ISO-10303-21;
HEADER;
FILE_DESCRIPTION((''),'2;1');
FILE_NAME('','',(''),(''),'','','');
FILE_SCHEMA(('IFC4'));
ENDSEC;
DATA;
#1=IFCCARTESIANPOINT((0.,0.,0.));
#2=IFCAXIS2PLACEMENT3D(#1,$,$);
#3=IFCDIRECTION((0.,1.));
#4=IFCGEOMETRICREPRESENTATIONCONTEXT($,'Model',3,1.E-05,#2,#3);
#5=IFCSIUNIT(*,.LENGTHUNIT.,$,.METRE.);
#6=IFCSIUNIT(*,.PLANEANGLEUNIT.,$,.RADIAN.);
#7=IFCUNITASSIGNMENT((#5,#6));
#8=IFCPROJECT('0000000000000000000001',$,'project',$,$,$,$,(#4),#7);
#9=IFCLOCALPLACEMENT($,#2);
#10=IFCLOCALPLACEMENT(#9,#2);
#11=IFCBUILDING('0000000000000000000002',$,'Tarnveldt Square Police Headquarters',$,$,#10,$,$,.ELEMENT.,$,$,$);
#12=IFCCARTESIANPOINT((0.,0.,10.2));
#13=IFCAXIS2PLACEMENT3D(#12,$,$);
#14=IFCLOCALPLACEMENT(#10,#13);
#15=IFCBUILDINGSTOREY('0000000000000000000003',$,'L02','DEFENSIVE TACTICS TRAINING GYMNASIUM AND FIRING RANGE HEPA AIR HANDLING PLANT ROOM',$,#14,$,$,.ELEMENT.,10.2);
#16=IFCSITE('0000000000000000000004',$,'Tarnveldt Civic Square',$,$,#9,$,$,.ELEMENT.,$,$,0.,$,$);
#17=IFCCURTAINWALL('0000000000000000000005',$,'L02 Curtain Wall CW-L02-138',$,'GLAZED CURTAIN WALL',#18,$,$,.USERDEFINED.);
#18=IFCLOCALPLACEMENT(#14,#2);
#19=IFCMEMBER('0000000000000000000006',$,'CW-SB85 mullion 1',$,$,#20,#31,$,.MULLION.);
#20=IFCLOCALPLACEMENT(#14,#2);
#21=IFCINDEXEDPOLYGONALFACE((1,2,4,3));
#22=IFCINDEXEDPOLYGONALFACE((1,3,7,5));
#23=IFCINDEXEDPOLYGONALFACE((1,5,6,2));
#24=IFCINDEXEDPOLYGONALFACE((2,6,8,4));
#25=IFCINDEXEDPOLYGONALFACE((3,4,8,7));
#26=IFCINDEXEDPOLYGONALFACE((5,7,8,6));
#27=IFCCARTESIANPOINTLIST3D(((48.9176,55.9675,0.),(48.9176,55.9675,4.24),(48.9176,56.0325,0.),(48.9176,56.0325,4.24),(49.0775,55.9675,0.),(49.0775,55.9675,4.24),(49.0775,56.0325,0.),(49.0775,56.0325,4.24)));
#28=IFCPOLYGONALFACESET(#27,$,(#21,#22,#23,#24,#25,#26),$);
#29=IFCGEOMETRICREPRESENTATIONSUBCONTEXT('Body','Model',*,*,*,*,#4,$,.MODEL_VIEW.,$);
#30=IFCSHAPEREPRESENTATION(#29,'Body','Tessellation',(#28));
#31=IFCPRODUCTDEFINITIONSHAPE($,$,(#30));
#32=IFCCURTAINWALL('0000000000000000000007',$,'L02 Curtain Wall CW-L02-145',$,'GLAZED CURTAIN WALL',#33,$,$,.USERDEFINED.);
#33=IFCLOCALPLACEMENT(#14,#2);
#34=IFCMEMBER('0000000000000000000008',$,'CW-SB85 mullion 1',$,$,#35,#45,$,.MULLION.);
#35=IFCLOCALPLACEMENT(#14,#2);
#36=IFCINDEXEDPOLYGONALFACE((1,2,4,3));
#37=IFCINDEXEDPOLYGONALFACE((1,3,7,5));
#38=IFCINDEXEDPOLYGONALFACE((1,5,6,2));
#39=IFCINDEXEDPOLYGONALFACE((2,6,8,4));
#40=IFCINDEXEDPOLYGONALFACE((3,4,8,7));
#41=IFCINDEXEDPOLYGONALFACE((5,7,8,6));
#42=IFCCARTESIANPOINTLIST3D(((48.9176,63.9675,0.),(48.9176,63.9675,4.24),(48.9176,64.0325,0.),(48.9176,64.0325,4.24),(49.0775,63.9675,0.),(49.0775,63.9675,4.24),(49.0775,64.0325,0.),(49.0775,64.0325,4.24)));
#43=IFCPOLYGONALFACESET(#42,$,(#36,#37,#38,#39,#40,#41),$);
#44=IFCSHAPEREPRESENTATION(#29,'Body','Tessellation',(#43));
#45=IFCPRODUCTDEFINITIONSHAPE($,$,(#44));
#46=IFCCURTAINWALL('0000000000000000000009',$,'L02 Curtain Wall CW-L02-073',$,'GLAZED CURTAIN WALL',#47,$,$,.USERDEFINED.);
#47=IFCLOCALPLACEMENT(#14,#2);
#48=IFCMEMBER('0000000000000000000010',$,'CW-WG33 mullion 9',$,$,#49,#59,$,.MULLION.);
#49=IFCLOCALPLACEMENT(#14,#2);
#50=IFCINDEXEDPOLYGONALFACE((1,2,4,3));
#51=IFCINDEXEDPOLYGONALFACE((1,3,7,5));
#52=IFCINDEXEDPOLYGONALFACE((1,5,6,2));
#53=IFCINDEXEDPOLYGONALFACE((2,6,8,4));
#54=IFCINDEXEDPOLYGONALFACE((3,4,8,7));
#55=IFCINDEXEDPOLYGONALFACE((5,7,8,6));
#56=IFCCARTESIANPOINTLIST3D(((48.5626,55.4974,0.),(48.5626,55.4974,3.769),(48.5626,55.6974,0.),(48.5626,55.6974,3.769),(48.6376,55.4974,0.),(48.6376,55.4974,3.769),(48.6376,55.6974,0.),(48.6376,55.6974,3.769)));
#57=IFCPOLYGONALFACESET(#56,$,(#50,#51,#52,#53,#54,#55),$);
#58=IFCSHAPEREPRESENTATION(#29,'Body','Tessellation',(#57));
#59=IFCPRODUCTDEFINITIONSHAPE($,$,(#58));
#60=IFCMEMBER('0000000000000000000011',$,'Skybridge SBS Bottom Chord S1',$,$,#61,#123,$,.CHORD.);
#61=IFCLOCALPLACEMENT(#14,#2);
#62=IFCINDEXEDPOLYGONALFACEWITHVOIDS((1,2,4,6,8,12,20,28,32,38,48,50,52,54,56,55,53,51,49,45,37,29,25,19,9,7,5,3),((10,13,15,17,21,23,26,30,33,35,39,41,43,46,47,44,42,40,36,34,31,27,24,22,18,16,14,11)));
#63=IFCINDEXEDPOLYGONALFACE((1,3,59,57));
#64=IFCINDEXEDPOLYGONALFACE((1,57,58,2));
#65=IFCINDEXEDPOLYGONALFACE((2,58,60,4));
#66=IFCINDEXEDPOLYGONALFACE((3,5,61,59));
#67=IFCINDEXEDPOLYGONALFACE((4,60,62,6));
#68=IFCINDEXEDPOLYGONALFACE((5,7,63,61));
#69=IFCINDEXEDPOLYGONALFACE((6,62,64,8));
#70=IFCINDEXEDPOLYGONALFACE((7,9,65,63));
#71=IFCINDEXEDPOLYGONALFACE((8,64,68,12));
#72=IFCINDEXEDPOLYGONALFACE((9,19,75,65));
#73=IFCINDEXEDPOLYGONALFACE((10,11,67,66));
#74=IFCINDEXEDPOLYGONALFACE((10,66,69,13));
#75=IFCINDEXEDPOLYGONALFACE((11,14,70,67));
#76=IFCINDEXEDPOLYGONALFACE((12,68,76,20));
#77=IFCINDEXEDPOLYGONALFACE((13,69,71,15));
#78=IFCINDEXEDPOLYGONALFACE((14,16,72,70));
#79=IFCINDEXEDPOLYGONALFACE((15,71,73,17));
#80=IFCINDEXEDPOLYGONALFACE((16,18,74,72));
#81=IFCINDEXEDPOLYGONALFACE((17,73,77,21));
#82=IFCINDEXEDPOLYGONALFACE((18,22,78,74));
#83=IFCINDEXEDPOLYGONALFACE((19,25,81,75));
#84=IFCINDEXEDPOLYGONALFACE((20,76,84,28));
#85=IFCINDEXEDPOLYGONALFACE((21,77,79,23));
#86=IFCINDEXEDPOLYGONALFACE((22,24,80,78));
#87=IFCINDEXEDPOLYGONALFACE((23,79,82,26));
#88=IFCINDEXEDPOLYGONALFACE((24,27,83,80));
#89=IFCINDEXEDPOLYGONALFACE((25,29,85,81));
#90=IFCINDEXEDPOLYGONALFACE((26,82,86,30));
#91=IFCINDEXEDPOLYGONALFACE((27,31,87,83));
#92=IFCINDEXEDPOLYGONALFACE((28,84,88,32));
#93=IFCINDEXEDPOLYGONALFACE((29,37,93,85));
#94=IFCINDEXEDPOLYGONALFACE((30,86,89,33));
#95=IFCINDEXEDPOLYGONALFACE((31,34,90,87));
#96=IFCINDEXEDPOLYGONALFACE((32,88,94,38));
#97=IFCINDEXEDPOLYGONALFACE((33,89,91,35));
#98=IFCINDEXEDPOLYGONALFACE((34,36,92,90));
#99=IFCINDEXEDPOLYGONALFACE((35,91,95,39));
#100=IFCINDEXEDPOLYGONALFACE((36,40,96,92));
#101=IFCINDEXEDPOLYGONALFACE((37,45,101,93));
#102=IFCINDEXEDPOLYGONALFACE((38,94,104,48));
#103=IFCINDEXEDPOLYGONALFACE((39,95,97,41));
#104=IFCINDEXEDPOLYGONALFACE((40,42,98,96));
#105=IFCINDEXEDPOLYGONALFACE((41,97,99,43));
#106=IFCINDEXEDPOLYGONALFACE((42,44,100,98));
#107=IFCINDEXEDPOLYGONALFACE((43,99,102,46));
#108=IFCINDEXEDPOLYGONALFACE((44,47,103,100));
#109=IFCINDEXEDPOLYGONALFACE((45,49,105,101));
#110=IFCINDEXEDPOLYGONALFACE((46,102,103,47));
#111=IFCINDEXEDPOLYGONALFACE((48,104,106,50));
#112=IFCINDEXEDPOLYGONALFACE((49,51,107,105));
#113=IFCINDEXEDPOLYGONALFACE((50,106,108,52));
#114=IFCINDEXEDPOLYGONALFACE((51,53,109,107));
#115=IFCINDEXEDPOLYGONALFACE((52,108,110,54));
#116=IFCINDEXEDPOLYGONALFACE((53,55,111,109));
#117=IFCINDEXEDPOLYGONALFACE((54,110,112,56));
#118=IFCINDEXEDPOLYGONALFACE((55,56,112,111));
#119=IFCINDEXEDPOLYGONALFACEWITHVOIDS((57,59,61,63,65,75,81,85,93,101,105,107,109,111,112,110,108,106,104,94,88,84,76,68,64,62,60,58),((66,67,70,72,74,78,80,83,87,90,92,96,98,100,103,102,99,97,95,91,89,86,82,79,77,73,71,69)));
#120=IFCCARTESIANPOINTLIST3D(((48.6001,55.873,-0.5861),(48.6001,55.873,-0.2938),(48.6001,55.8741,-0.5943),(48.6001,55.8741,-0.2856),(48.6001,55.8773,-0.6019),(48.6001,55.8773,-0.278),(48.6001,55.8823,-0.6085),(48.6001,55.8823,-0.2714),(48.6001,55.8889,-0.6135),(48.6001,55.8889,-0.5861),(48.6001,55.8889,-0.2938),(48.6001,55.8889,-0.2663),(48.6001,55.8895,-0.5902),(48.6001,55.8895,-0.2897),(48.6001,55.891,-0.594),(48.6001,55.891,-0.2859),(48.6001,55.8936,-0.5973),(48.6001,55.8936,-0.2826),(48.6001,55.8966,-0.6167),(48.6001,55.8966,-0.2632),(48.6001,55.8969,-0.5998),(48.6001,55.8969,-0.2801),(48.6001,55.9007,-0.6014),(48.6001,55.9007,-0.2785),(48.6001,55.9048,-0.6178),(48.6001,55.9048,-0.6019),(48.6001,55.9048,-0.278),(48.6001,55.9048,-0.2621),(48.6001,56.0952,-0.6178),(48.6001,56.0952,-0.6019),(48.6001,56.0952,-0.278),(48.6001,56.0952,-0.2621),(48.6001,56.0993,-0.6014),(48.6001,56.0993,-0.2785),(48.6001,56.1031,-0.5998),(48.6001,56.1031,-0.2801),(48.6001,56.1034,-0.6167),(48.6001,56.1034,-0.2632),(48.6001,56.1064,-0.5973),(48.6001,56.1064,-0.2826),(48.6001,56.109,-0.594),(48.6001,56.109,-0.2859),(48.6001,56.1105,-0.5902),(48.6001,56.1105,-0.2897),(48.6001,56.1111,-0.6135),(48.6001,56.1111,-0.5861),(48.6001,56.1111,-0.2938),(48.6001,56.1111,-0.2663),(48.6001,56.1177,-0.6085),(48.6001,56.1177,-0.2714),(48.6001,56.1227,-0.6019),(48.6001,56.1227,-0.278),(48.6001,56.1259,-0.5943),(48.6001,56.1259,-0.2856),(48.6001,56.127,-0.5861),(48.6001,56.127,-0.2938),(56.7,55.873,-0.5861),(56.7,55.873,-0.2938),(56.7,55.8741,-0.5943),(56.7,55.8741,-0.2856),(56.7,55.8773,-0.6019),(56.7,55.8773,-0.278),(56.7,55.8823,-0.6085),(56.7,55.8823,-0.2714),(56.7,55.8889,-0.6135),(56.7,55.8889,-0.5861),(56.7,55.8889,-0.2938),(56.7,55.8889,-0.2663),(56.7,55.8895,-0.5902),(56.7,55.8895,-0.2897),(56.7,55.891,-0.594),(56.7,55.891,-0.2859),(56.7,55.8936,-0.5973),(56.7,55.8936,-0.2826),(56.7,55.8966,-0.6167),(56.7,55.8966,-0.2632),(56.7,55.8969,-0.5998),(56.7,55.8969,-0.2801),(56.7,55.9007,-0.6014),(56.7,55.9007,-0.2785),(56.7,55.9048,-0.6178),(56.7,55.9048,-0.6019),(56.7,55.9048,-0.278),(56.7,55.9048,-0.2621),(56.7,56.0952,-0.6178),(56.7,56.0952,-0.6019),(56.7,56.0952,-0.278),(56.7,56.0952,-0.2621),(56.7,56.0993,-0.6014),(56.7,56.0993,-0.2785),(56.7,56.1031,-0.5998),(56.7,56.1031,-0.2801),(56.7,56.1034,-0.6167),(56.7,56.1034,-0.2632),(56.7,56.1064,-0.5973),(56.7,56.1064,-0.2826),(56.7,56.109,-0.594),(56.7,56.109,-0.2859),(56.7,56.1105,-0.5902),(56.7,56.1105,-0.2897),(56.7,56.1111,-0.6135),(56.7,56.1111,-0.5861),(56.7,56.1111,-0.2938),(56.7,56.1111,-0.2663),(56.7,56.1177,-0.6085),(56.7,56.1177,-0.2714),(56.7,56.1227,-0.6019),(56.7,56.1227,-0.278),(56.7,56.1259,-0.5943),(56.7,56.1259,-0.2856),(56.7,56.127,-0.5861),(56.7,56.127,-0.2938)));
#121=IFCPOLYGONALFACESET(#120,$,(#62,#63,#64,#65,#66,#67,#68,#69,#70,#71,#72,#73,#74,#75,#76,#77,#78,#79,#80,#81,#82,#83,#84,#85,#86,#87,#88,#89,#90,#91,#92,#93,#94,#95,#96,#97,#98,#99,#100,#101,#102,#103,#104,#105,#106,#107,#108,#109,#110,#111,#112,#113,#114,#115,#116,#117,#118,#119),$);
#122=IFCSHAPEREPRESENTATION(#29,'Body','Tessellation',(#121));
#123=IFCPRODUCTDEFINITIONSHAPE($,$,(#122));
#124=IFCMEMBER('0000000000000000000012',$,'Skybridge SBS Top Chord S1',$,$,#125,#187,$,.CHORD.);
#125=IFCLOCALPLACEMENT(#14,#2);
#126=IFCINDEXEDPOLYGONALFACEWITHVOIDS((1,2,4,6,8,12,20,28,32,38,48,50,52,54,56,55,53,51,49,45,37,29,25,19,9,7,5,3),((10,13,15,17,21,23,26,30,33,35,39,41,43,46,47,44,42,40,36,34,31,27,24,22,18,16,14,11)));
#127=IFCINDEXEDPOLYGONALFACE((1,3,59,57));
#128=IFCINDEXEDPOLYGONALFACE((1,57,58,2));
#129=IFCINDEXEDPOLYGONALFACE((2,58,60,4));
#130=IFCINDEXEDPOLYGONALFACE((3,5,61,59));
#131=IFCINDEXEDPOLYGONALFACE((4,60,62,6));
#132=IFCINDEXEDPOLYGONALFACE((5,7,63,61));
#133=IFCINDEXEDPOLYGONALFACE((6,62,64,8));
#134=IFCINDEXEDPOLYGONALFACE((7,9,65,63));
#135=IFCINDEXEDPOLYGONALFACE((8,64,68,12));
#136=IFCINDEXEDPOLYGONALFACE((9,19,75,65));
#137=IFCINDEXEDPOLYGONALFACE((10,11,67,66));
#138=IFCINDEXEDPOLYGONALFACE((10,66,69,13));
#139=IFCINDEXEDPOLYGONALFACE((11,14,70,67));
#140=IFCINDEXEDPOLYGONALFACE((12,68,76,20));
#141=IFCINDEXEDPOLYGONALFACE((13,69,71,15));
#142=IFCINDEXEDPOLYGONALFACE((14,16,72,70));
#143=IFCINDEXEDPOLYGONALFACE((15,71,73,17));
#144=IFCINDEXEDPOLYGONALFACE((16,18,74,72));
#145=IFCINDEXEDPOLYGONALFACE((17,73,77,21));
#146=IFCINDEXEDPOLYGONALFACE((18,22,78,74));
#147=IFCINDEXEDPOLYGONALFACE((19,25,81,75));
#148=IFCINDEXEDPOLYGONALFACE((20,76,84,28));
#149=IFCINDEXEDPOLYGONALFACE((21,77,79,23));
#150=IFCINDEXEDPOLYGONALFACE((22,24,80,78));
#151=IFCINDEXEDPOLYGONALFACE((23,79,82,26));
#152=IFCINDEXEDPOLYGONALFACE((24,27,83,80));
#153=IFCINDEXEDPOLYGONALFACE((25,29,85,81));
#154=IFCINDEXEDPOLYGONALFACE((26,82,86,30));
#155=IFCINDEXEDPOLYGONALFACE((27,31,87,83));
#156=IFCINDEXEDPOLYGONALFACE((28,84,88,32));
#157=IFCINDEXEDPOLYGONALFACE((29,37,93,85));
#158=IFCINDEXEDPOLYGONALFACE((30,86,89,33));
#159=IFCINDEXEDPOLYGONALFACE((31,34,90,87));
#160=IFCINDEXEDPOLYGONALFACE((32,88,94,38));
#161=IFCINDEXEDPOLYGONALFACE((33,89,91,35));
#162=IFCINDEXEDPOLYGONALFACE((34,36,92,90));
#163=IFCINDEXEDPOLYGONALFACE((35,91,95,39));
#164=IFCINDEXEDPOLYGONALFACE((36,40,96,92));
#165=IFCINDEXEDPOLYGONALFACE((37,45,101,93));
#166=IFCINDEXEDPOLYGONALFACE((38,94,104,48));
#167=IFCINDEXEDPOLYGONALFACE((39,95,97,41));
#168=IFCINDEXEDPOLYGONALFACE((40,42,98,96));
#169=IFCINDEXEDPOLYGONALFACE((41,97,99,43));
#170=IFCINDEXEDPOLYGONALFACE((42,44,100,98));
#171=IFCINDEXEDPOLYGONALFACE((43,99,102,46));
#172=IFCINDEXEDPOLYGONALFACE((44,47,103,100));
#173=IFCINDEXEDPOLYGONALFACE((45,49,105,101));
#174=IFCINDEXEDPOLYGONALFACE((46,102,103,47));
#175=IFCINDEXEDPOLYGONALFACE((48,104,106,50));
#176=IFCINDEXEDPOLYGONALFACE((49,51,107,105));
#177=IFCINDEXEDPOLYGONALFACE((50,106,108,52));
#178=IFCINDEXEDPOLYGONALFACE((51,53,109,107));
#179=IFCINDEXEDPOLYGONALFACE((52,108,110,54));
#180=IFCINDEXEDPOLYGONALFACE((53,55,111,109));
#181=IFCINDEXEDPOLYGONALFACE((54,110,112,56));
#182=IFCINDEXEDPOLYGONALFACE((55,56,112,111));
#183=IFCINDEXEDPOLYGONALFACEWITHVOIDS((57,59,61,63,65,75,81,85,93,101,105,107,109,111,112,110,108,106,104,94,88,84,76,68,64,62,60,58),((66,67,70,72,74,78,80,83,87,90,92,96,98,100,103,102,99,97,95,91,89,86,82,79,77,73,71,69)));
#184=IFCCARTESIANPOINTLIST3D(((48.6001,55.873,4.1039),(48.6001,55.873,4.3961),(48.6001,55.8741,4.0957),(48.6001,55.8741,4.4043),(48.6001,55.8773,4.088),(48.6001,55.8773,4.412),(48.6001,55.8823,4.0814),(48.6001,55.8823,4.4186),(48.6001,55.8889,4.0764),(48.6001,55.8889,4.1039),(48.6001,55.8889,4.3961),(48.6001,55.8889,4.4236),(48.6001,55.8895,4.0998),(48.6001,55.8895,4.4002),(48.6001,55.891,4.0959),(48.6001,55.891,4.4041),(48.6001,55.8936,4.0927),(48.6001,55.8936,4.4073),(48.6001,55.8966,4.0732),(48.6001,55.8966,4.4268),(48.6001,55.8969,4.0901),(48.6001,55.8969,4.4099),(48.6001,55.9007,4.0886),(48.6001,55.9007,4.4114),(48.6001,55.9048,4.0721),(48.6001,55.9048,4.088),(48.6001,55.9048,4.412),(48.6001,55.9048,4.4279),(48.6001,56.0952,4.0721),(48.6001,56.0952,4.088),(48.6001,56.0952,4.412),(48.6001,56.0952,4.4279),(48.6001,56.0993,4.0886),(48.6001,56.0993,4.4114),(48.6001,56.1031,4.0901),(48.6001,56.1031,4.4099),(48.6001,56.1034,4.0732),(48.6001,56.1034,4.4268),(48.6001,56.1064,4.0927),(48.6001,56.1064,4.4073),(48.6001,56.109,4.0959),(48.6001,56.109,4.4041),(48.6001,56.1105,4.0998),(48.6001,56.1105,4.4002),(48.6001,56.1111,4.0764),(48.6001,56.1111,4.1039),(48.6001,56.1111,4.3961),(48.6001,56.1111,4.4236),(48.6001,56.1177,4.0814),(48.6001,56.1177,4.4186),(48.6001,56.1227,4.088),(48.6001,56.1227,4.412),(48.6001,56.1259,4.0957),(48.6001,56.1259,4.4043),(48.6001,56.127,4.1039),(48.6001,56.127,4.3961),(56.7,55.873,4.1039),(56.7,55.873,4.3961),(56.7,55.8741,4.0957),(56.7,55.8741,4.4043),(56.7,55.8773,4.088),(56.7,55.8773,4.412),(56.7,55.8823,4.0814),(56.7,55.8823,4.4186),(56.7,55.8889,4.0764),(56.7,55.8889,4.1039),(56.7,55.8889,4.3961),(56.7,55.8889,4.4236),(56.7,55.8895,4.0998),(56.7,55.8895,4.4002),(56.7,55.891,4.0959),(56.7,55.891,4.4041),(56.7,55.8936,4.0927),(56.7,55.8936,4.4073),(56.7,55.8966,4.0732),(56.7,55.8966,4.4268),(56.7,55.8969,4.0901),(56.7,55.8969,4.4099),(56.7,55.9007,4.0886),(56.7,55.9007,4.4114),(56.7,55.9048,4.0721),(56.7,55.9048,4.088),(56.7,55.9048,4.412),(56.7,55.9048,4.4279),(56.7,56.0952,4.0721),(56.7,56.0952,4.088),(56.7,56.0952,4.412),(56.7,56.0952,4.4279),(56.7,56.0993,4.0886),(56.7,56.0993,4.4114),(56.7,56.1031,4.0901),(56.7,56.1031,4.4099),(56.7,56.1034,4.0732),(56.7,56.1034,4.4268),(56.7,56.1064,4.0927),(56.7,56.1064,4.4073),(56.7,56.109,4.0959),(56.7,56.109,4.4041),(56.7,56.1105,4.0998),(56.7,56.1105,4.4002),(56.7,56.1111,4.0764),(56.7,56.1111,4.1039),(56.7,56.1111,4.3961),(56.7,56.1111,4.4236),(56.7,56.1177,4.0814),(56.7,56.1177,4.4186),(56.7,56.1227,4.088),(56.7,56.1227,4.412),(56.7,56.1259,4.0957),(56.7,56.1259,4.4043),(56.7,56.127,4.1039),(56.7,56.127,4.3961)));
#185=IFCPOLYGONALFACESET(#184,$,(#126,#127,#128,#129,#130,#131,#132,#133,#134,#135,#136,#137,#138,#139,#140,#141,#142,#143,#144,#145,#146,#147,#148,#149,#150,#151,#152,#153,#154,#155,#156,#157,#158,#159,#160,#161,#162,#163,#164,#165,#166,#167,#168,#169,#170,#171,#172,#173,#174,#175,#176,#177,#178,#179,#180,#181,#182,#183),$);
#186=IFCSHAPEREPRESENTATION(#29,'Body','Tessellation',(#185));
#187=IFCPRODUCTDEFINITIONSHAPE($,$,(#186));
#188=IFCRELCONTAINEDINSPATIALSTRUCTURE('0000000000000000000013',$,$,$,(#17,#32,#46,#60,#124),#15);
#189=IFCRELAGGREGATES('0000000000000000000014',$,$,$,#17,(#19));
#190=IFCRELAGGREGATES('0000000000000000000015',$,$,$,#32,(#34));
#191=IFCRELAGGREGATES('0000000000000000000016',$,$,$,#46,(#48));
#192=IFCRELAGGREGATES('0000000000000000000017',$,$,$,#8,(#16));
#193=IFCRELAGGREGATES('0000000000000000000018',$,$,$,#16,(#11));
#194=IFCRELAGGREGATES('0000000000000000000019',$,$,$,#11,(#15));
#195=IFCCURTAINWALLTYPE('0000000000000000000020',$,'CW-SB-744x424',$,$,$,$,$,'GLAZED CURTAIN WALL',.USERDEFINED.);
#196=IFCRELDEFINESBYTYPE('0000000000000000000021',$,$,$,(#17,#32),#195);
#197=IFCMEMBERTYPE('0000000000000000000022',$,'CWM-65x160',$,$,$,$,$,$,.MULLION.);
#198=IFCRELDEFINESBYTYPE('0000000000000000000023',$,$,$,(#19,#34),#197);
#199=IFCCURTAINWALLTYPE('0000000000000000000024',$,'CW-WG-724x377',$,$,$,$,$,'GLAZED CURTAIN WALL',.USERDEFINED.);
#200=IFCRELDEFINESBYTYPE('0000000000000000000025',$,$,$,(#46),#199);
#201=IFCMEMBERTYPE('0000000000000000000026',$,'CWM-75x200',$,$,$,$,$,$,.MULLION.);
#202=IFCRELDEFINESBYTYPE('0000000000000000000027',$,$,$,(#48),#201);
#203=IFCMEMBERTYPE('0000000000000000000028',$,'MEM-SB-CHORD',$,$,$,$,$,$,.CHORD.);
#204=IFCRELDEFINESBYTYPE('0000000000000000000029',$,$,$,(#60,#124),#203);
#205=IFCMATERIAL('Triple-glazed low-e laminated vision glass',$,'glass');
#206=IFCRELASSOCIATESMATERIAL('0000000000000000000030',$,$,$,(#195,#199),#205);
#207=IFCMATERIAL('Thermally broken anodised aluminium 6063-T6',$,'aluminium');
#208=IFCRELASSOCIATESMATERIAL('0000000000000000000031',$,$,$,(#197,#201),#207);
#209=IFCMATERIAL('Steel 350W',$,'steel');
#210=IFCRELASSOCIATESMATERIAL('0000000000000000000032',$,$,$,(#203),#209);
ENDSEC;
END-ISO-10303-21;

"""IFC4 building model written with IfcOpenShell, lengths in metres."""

from ifc_helpers import new_model, si_unit, direction, frame, origin, origin_2d, place, context, subcontext, project, spatial, rectangle, hollow_rectangle, extrude, material, material_profile, profile_set, type_object, element, aggregate, save


model = new_model("IFC4")

# Units and contexts
model_context = context("Model", 3, precision=1e-05, world=origin(), true_north=direction((0.0, 1.0)))
body_context = subcontext(model_context, "Body", "Model", "MODEL_VIEW")
ifc_project = project(units=[si_unit("LENGTHUNIT", "METRE"), si_unit("PLANEANGLEUNIT", "RADIAN")], contexts=[model_context])

# Site, building, storey
site_placement = place(None, origin())
site = spatial("IfcSite", under=ifc_project, at=site_placement, Name="Tarnveldt Civic Square", CompositionType="ELEMENT", RefElevation=0.0)
building_placement = place(site_placement, origin())
building = spatial("IfcBuilding", under=site, at=building_placement, Name="Tarnveldt Square Police Headquarters", CompositionType="ELEMENT")
storey_placement = place(building_placement, frame((0.0, 0.0, 10.2)))
storey = spatial("IfcBuildingStorey", under=building, at=storey_placement, Name="L02", Description="DEFENSIVE TACTICS TRAINING GYMNASIUM AND FIRING RANGE HEPA AIR HANDLING PLANT ROOM", CompositionType="ELEMENT", Elevation=10.2)

# Shared definitions
ifc_material_1 = material(Name="Steel 350W", Category="steel")

# Curtain walls, members
ifc_material_2 = material(Name="Triple-glazed low-e laminated vision glass", Category="glass")
curtain_wall_type_1 = type_object("IfcCurtainWallType", Name="CW-SB-744x424", ElementType="GLAZED CURTAIN WALL", PredefinedType="USERDEFINED", material=ifc_material_2)
curtain_wall_1_placement = place(storey_placement, origin())
curtain_wall_1 = element("IfcCurtainWall", 1, at=curtain_wall_1_placement, inside=storey, type_object=curtain_wall_type_1, Name="L02 Curtain Wall CW-L02-138", ObjectType="GLAZED CURTAIN WALL", PredefinedType="USERDEFINED")
ifc_material_3 = material(Name="Thermally broken anodised aluminium 6063-T6", Category="aluminium")
ifc_material_profile_1 = material_profile(ifc_material_3, rectangle(XDim=0.0649, YDim=0.1599, at=origin_2d()), Name="CW-M65x160")
ifc_profile_set_1 = profile_set([ifc_material_profile_1], Name="Thermally broken anodised aluminium 6063-T6")
member_type_1 = type_object("IfcMemberType", Name="CWM-65x160", PredefinedType="MULLION", material=ifc_profile_set_1)
member_1_placement = place(storey_placement, frame((48.9976, 56.0, 0.0), z_axis=(0.0, 0.0, 1.0), x_axis=(0.0, 1.0, 0.0)))
member_1 = element("IfcMember", 2, at=member_1_placement, type_object=member_type_1, Name="CW-SB85 mullion 1", PredefinedType="MULLION", context=body_context, shape_type="SweptSolid", body=[
    extrude(rectangle(XDim=0.0649, YDim=0.1599, at=origin_2d()), origin(), (0.0, 0.0, 1.0), 4.24),
])
aggregate(curtain_wall_1, [member_1])
curtain_wall_2_placement = place(storey_placement, origin())
curtain_wall_2 = element("IfcCurtainWall", 3, at=curtain_wall_2_placement, inside=storey, type_object=curtain_wall_type_1, Name="L02 Curtain Wall CW-L02-145", ObjectType="GLAZED CURTAIN WALL", PredefinedType="USERDEFINED")
member_2_placement = place(storey_placement, frame((48.9976, 64.0, 0.0), z_axis=(0.0, 0.0, 1.0), x_axis=(0.0, 1.0, 0.0)))
member_2 = element("IfcMember", 4, at=member_2_placement, type_object=member_type_1, Name="CW-SB85 mullion 1", PredefinedType="MULLION", context=body_context, shape_type="SweptSolid", body=[
    extrude(rectangle(XDim=0.0649, YDim=0.1599, at=origin_2d()), origin(), (0.0, 0.0, 1.0), 4.24),
])
aggregate(curtain_wall_2, [member_2])
curtain_wall_type_2 = type_object("IfcCurtainWallType", Name="CW-WG-724x377", ElementType="GLAZED CURTAIN WALL", PredefinedType="USERDEFINED", material=ifc_material_2)
curtain_wall_3_placement = place(storey_placement, origin())
curtain_wall_3 = element("IfcCurtainWall", 5, at=curtain_wall_3_placement, inside=storey, type_object=curtain_wall_type_2, Name="L02 Curtain Wall CW-L02-073", ObjectType="GLAZED CURTAIN WALL", PredefinedType="USERDEFINED")
ifc_material_profile_2 = material_profile(ifc_material_3, rectangle(XDim=0.075, YDim=0.2, at=origin_2d()), Name="CW-M75x200")
ifc_profile_set_2 = profile_set([ifc_material_profile_2], Name="Thermally broken anodised aluminium 6063-T6")
member_type_2 = type_object("IfcMemberType", Name="CWM-75x200", PredefinedType="MULLION", material=ifc_profile_set_2)
member_3_placement = place(storey_placement, frame((48.6001, 55.5974, 0.0), z_axis=(0.0, 0.0, 1.0), x_axis=(-1.0, 0.0, 0.0)))
member_3 = element("IfcMember", 6, at=member_3_placement, type_object=member_type_2, Name="CW-WG33 mullion 9", PredefinedType="MULLION", context=body_context, shape_type="SweptSolid", body=[
    extrude(rectangle(XDim=0.075, YDim=0.2, at=origin_2d()), origin(), (0.0, 0.0, 1.0), 3.769),
])

# Members
ifc_material_profile_3 = material_profile(ifc_material_1, hollow_rectangle(XDim=0.2539, YDim=0.3557, WallThickness=0.0159, InnerFilletRadius=0.0159, OuterFilletRadius=0.0317, at=origin_2d()), Name="HSS356x254x16")
ifc_profile_set_3 = profile_set([ifc_material_profile_3], Name="Steel 350W")
member_type_3 = type_object("IfcMemberType", Name="MEM-SB-CHORD", PredefinedType="CHORD", material=ifc_profile_set_3)
for number, where, z_axis, x_axis, name in (
    (7, (48.6001, 56.0, -0.4399), (1.0, 0.0, 0.0), (0.0, 1.0, 0.0), "Skybridge SBS Bottom Chord S1"),
    (8, (48.6001, 56.0, 4.25), (1.0, 0.0, 0.0), (0.0, 1.0, 0.0), "Skybridge SBS Top Chord S1"),
):
    element("IfcMember", number, at=place(storey_placement, frame(where, z_axis=z_axis, x_axis=x_axis)), inside=storey, type_object=member_type_3, Name=name, PredefinedType="CHORD", context=body_context, shape_type="SweptSolid", body=[
        extrude(hollow_rectangle(XDim=0.2539, YDim=0.3557, WallThickness=0.0159, InnerFilletRadius=0.0159, OuterFilletRadius=0.0317, at=origin_2d()), origin(), (0.0, 0.0, 1.0), 8.0999),
    ])

aggregate(curtain_wall_3, [member_3])

save(model, "model.ifc")
